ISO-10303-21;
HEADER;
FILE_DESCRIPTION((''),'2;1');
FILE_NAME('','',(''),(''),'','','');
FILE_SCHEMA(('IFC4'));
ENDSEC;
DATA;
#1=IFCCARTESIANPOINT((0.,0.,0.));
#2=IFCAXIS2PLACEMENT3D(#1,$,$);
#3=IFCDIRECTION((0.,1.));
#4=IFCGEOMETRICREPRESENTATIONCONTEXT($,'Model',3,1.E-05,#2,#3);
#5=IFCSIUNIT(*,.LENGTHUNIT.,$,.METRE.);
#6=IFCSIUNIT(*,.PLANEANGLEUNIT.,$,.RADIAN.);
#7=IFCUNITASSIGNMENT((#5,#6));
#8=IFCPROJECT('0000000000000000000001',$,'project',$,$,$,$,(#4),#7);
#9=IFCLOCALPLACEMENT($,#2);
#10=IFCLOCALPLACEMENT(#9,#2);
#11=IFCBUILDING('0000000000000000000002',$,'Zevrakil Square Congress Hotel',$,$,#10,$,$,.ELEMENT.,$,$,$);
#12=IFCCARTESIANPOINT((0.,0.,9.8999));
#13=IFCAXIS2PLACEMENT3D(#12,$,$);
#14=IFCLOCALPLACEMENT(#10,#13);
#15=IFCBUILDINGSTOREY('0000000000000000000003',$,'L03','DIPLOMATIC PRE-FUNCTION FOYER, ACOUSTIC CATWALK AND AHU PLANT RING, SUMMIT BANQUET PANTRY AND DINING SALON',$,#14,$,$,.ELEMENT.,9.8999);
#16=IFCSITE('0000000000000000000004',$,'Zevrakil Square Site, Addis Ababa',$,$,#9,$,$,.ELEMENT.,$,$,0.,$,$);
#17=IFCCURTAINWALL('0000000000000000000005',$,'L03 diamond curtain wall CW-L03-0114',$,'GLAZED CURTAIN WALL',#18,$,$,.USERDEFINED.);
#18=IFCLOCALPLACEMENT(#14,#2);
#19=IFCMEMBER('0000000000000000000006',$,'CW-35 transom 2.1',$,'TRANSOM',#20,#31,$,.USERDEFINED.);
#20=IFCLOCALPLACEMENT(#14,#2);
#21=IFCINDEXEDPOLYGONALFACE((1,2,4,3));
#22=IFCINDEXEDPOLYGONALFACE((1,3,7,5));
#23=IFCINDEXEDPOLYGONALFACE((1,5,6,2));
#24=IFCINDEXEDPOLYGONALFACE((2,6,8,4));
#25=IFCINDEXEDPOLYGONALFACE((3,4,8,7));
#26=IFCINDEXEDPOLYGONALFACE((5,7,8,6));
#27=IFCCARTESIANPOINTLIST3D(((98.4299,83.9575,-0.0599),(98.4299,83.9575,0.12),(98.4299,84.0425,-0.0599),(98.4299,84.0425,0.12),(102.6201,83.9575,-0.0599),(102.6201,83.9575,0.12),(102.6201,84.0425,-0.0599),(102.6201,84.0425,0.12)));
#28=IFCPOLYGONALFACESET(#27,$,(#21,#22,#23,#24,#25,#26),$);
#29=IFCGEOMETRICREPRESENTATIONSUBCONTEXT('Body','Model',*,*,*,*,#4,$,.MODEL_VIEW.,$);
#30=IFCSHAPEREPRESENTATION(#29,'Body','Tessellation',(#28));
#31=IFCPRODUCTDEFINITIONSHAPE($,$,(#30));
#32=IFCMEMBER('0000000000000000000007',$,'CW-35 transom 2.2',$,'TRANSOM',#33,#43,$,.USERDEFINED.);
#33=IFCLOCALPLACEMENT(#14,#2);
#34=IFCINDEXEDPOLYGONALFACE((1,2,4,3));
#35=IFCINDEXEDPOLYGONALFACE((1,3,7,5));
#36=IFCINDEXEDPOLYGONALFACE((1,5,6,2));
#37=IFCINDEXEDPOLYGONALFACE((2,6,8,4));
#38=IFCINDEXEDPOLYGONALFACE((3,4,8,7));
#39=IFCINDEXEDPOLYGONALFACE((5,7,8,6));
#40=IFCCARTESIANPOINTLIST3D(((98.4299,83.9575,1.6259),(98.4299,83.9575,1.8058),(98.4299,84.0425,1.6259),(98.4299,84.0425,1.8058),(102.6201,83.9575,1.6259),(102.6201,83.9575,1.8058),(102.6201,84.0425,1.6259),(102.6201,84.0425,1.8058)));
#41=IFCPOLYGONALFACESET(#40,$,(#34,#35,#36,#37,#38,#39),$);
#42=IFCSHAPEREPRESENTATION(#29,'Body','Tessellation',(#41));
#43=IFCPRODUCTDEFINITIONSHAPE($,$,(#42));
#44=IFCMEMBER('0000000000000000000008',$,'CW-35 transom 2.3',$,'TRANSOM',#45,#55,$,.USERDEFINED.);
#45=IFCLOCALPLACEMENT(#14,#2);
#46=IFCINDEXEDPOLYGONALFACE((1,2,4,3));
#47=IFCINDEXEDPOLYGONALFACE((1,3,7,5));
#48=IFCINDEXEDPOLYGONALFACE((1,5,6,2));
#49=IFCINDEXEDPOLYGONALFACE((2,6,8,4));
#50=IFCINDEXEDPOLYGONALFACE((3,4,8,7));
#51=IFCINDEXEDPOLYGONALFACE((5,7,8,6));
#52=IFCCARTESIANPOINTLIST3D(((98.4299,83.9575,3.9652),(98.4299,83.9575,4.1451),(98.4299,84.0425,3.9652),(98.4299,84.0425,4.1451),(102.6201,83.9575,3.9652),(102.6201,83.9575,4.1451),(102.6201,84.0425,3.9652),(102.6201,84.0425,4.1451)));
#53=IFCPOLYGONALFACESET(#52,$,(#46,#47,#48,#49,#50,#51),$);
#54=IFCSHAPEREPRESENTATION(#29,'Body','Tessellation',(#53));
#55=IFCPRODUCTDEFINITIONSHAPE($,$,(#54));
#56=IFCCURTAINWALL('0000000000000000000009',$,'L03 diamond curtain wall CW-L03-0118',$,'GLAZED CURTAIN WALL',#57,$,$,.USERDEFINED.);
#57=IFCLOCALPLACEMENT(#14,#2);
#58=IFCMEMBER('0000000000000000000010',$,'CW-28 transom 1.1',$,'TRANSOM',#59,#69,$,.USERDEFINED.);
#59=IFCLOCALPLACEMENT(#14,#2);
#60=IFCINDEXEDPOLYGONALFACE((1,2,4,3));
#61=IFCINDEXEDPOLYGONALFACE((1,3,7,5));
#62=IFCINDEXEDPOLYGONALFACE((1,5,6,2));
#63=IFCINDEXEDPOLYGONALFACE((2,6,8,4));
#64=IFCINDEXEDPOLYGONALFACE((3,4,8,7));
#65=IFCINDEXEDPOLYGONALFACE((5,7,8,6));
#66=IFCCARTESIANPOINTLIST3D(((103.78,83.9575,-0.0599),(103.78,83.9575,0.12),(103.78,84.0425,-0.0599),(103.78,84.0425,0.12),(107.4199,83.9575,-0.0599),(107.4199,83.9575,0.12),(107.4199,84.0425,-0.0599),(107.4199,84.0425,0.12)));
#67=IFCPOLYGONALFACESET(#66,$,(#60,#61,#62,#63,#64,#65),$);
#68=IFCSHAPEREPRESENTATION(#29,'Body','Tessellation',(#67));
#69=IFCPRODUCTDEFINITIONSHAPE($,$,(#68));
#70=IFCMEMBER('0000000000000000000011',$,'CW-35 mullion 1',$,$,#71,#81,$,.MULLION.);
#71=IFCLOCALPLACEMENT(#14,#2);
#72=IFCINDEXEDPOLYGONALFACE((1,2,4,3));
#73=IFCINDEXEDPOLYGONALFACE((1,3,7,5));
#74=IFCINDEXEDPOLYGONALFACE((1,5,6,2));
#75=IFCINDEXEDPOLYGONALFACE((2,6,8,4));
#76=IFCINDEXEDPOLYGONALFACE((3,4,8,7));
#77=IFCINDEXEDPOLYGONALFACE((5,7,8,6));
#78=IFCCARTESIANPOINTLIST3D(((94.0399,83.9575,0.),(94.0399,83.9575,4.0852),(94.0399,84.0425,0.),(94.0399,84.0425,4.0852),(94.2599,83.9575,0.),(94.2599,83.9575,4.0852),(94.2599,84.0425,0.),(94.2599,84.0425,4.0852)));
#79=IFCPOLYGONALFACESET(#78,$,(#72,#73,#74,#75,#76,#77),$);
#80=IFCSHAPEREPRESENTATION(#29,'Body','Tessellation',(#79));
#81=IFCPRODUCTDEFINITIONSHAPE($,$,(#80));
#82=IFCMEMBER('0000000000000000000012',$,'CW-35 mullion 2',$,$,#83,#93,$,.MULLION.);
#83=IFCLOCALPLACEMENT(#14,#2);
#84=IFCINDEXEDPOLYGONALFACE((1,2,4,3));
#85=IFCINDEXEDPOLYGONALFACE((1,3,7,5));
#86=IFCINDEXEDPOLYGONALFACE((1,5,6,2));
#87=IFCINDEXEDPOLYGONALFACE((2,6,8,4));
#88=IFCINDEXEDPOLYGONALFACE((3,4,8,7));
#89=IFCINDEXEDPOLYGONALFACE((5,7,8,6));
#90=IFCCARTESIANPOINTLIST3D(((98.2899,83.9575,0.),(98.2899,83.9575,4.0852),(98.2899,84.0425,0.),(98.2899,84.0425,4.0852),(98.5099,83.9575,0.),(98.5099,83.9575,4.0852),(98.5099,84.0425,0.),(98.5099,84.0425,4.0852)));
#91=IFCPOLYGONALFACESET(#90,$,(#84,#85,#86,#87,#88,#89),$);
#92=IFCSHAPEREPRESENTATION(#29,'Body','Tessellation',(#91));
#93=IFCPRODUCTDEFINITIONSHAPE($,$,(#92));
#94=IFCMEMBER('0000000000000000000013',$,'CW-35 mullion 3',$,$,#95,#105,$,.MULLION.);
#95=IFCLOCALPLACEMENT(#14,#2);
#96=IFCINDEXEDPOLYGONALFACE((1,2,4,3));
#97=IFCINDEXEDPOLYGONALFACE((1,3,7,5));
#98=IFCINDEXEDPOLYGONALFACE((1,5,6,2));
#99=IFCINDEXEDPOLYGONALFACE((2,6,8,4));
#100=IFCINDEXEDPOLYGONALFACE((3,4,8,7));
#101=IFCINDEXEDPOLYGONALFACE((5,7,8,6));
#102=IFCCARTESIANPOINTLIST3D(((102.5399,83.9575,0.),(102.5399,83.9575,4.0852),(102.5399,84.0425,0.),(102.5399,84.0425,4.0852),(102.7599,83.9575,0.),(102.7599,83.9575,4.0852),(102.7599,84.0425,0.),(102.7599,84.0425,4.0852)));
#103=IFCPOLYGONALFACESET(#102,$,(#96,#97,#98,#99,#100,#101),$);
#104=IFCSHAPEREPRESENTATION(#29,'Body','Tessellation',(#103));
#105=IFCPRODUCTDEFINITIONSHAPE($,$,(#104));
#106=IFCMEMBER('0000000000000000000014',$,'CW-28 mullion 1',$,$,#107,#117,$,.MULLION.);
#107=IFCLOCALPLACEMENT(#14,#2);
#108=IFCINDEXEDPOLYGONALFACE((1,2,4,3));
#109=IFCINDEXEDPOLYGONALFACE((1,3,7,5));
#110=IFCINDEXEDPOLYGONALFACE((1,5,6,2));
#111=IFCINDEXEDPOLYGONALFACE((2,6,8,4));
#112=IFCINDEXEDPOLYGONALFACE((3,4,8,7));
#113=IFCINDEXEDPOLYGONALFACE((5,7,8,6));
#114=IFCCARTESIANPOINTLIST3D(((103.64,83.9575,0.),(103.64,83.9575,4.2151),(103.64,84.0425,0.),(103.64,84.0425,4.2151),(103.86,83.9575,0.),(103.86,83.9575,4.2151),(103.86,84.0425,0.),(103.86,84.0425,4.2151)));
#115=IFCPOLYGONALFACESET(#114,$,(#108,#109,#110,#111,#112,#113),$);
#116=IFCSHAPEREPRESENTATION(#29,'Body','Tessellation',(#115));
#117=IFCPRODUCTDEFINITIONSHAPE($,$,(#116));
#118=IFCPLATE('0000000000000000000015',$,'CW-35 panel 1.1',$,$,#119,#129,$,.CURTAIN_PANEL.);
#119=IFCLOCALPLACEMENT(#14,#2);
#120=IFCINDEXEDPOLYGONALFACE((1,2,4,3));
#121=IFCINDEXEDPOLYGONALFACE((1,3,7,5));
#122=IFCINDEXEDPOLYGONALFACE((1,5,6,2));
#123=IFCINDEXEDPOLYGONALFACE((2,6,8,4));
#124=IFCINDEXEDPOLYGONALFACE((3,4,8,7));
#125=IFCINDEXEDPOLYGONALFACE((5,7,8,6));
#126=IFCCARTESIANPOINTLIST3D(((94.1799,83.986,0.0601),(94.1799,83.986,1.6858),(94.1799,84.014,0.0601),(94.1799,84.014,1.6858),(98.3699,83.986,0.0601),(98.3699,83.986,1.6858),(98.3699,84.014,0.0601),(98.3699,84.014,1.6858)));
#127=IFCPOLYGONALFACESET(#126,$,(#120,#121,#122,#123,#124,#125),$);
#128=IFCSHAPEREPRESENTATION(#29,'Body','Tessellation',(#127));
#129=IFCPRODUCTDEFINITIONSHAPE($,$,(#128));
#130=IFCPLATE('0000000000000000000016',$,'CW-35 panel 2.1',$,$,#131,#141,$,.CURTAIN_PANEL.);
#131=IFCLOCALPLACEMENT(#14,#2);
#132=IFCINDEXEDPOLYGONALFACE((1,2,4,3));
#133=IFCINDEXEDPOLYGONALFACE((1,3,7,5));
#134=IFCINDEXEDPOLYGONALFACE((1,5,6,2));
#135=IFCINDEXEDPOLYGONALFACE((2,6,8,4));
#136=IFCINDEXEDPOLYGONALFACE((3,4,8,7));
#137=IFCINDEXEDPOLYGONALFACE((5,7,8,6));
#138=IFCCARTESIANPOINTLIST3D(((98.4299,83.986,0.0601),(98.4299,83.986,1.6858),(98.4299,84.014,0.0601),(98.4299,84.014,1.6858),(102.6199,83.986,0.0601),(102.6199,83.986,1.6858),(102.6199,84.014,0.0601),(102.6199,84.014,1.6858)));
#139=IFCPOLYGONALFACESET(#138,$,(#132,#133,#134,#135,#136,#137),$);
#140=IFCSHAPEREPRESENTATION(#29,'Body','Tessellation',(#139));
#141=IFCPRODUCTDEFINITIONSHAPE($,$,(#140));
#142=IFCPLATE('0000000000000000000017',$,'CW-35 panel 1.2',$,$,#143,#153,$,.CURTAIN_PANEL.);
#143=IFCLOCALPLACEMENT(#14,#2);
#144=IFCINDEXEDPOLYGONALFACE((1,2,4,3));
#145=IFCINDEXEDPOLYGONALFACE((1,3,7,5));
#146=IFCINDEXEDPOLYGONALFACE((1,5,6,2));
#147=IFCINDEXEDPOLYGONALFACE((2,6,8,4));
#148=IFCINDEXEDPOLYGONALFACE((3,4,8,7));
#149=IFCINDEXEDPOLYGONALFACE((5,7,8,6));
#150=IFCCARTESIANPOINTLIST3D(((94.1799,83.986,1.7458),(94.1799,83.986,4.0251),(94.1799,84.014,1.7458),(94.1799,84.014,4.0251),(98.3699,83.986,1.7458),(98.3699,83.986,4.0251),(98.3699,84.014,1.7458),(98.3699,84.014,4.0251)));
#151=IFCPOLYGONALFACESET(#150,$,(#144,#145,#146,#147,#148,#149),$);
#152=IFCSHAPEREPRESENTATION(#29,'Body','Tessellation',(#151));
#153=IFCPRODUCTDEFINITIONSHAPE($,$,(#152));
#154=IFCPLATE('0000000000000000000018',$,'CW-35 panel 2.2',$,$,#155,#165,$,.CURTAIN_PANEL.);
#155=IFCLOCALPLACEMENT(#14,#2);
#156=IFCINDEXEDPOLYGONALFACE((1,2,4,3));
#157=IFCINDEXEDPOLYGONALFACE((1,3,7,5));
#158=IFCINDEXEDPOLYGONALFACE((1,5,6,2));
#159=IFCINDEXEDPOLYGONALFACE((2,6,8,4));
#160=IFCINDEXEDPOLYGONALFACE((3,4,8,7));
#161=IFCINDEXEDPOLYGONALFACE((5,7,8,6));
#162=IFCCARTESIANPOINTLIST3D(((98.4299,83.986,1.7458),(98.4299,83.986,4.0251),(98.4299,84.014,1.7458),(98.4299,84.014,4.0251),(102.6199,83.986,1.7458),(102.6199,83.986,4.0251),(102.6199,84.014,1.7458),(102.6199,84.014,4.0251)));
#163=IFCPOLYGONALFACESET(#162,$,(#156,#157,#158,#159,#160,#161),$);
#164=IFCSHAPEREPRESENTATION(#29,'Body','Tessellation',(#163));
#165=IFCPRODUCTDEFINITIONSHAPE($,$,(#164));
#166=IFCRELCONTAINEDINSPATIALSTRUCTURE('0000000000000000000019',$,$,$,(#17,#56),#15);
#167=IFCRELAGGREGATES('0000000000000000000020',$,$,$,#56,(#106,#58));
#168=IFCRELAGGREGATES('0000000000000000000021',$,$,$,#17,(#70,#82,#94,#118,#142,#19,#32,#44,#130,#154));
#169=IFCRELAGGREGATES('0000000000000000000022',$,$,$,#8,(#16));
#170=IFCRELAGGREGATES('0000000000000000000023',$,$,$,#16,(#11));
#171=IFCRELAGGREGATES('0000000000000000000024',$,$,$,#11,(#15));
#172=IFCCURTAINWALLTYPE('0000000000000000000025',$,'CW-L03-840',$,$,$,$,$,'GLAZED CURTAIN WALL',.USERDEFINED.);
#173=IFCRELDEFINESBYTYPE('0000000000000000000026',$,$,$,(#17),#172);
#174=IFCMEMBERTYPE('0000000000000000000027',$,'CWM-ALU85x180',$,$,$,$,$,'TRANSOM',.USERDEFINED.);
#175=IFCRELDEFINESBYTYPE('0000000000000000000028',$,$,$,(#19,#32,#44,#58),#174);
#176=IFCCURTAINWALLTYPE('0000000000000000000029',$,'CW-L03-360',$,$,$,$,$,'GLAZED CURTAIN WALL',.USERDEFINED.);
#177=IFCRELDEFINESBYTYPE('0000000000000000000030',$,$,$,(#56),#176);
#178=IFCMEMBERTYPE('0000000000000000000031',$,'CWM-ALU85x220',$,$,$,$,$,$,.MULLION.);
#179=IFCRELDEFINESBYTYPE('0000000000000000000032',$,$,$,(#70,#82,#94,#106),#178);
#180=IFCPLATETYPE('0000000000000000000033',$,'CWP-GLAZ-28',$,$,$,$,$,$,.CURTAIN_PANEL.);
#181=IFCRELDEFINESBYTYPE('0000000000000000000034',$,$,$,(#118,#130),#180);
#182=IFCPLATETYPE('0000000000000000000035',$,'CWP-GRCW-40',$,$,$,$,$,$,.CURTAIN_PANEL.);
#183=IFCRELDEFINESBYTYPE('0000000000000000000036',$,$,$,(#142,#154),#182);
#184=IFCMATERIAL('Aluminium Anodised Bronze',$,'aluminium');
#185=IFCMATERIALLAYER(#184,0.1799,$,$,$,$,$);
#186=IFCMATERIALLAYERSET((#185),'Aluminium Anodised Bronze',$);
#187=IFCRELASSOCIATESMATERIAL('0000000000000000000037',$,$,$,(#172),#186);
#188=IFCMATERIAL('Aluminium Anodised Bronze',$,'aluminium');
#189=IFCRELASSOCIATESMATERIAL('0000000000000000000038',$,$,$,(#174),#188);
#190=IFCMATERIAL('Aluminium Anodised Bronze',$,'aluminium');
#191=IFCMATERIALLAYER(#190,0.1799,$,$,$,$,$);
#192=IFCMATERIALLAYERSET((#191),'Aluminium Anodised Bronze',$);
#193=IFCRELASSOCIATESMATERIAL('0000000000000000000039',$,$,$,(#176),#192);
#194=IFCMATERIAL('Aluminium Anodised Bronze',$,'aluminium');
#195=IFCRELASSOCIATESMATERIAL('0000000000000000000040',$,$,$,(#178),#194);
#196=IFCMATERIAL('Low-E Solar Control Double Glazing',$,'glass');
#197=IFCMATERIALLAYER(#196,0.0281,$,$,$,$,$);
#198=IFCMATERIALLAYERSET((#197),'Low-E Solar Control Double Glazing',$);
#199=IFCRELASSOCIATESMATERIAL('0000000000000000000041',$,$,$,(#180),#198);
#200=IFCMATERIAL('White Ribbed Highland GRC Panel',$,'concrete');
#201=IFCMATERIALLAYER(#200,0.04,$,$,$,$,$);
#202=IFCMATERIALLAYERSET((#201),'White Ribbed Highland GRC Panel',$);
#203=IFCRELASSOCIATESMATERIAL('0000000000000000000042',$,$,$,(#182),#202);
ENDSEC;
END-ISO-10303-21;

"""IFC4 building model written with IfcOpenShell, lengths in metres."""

from ifc_helpers import new_model, si_unit, direction, frame, origin, origin_2d, place, context, subcontext, project, spatial, rectangle, extrude, material, layer, layer_set, material_profile, profile_set, type_object, element, aggregate, save


model = new_model("IFC4")

# Units and contexts
model_context = context("Model", 3, precision=1e-05, world=origin(), true_north=direction((0.0, 1.0)))
body_context = subcontext(model_context, "Body", "Model", "MODEL_VIEW")
ifc_project = project(units=[si_unit("LENGTHUNIT", "METRE"), si_unit("PLANEANGLEUNIT", "RADIAN")], contexts=[model_context])

# Site, building, storey
site_placement = place(None, origin())
site = spatial("IfcSite", under=ifc_project, at=site_placement, Name="Zevrakil Square Site, Addis Ababa", CompositionType="ELEMENT", RefElevation=0.0)
building_placement = place(site_placement, origin())
building = spatial("IfcBuilding", under=site, at=building_placement, Name="Zevrakil Square Congress Hotel", CompositionType="ELEMENT")
storey_placement = place(building_placement, frame((0.0, 0.0, 9.8999)))
storey = spatial("IfcBuildingStorey", under=building, at=storey_placement, Name="L03", Description="DIPLOMATIC PRE-FUNCTION FOYER, ACOUSTIC CATWALK AND AHU PLANT RING, SUMMIT BANQUET PANTRY AND DINING SALON", CompositionType="ELEMENT", Elevation=9.8999)

# Curtain wall, members
ifc_material_1 = material(Name="Aluminium Anodised Bronze", Category="aluminium")
ifc_layer_1 = layer(ifc_material_1, 0.1799)
ifc_layer_set_1 = layer_set([ifc_layer_1], Name="Aluminium Anodised Bronze")
curtain_wall_type_1 = type_object("IfcCurtainWallType", Name="CW-L03-840", ElementType="GLAZED CURTAIN WALL", PredefinedType="USERDEFINED", material=ifc_layer_set_1)
curtain_wall_1_placement = place(storey_placement, origin())
curtain_wall_1 = element("IfcCurtainWall", 1, at=curtain_wall_1_placement, inside=storey, type_object=curtain_wall_type_1, Name="L03 diamond curtain wall CW-L03-0114", ObjectType="GLAZED CURTAIN WALL", PredefinedType="USERDEFINED")
ifc_material_2 = material(Name="Aluminium Anodised Bronze", Category="aluminium")
ifc_material_profile_1 = material_profile(ifc_material_2, rectangle(XDim=0.085, YDim=0.1799, at=origin_2d()), Name="ALU 85x180")
ifc_profile_set_1 = profile_set([ifc_material_profile_1], Name="Aluminium Anodised Bronze")
member_type_1 = type_object("IfcMemberType", Name="CWM-ALU85x180", ElementType="TRANSOM", PredefinedType="USERDEFINED", material=ifc_profile_set_1)
member_1_placement = place(storey_placement, frame((98.4299, 84.0, 0.03), z_axis=(1.0, 0.0, 0.0), x_axis=(0.0, 1.0, 0.0)))
member_1 = element("IfcMember", 2, at=member_1_placement, type_object=member_type_1, Name="CW-35 transom 2.1", ObjectType="TRANSOM", PredefinedType="USERDEFINED", context=body_context, shape_type="SweptSolid", body=[
    extrude(rectangle(XDim=0.085, YDim=0.1799, at=origin_2d()), origin(), (0.0, 0.0, 1.0), 4.1902),
])
member_2_placement = place(storey_placement, frame((98.4299, 84.0, 1.7158), z_axis=(1.0, 0.0, 0.0), x_axis=(0.0, 1.0, 0.0)))
member_2 = element("IfcMember", 3, at=member_2_placement, type_object=member_type_1, Name="CW-35 transom 2.2", ObjectType="TRANSOM", PredefinedType="USERDEFINED", context=body_context, shape_type="SweptSolid", body=[
    extrude(rectangle(XDim=0.085, YDim=0.1799, at=origin_2d()), origin(), (0.0, 0.0, 1.0), 4.1902),
])
member_3_placement = place(storey_placement, frame((98.4299, 84.0, 4.0552), z_axis=(1.0, 0.0, 0.0), x_axis=(0.0, 1.0, 0.0)))
member_3 = element("IfcMember", 4, at=member_3_placement, type_object=member_type_1, Name="CW-35 transom 2.3", ObjectType="TRANSOM", PredefinedType="USERDEFINED", context=body_context, shape_type="SweptSolid", body=[
    extrude(rectangle(XDim=0.085, YDim=0.1799, at=origin_2d()), origin(), (0.0, 0.0, 1.0), 4.1902),
])

# Curtain wall, member
ifc_material_3 = material(Name="Aluminium Anodised Bronze", Category="aluminium")
ifc_layer_2 = layer(ifc_material_3, 0.1799)
ifc_layer_set_2 = layer_set([ifc_layer_2], Name="Aluminium Anodised Bronze")
curtain_wall_type_2 = type_object("IfcCurtainWallType", Name="CW-L03-360", ElementType="GLAZED CURTAIN WALL", PredefinedType="USERDEFINED", material=ifc_layer_set_2)
curtain_wall_2_placement = place(storey_placement, origin())
curtain_wall_2 = element("IfcCurtainWall", 5, at=curtain_wall_2_placement, inside=storey, type_object=curtain_wall_type_2, Name="L03 diamond curtain wall CW-L03-0118", ObjectType="GLAZED CURTAIN WALL", PredefinedType="USERDEFINED")
member_4_placement = place(storey_placement, frame((103.78, 84.0, 0.03), z_axis=(1.0, 0.0, 0.0), x_axis=(0.0, 1.0, 0.0)))
member_4 = element("IfcMember", 6, at=member_4_placement, type_object=member_type_1, Name="CW-28 transom 1.1", ObjectType="TRANSOM", PredefinedType="USERDEFINED", context=body_context, shape_type="SweptSolid", body=[
    extrude(rectangle(XDim=0.085, YDim=0.1799, at=origin_2d()), origin(), (0.0, 0.0, 1.0), 3.6399),
])

# Members
ifc_material_4 = material(Name="Aluminium Anodised Bronze", Category="aluminium")
ifc_material_profile_2 = material_profile(ifc_material_4, rectangle(XDim=0.085, YDim=0.22, at=origin_2d()), Name="ALU 85x220")
ifc_profile_set_2 = profile_set([ifc_material_profile_2], Name="Aluminium Anodised Bronze")
member_type_2 = type_object("IfcMemberType", Name="CWM-ALU85x220", PredefinedType="MULLION", material=ifc_profile_set_2)
member_5_placement = place(storey_placement, frame((94.1499, 84.0, 0.0), z_axis=(0.0, 0.0, 1.0), x_axis=(0.0, 1.0, 0.0)))
member_5 = element("IfcMember", 7, at=member_5_placement, type_object=member_type_2, Name="CW-35 mullion 1", PredefinedType="MULLION", context=body_context, shape_type="SweptSolid", body=[
    extrude(rectangle(XDim=0.085, YDim=0.22, at=origin_2d()), origin(), (0.0, 0.0, 1.0), 4.0852),
])
member_6_placement = place(storey_placement, frame((98.3999, 84.0, 0.0), z_axis=(0.0, 0.0, 1.0), x_axis=(0.0, 1.0, 0.0)))
member_6 = element("IfcMember", 8, at=member_6_placement, type_object=member_type_2, Name="CW-35 mullion 2", PredefinedType="MULLION", context=body_context, shape_type="SweptSolid", body=[
    extrude(rectangle(XDim=0.085, YDim=0.22, at=origin_2d()), origin(), (0.0, 0.0, 1.0), 4.0852),
])
member_7_placement = place(storey_placement, frame((102.6499, 84.0, 0.0), z_axis=(0.0, 0.0, 1.0), x_axis=(0.0, 1.0, 0.0)))
member_7 = element("IfcMember", 9, at=member_7_placement, type_object=member_type_2, Name="CW-35 mullion 3", PredefinedType="MULLION", context=body_context, shape_type="SweptSolid", body=[
    extrude(rectangle(XDim=0.085, YDim=0.22, at=origin_2d()), origin(), (0.0, 0.0, 1.0), 4.0852),
])
member_8_placement = place(storey_placement, frame((103.75, 84.0, 0.0), z_axis=(0.0, 0.0, 1.0), x_axis=(0.0, 1.0, 0.0)))
member_8 = element("IfcMember", 10, at=member_8_placement, type_object=member_type_2, Name="CW-28 mullion 1", PredefinedType="MULLION", context=body_context, shape_type="SweptSolid", body=[
    extrude(rectangle(XDim=0.085, YDim=0.22, at=origin_2d()), origin(), (0.0, 0.0, 1.0), 4.2151),
])
aggregate(curtain_wall_2, [member_8, member_4])

# Plates
ifc_material_5 = material(Name="Low-E Solar Control Double Glazing", Category="glass")
ifc_layer_3 = layer(ifc_material_5, 0.0281)
ifc_layer_set_3 = layer_set([ifc_layer_3], Name="Low-E Solar Control Double Glazing")
plate_type_1 = type_object("IfcPlateType", Name="CWP-GLAZ-28", PredefinedType="CURTAIN_PANEL", material=ifc_layer_set_3)
plate_1_placement = place(storey_placement, frame((96.2749, 84.0, 0.0601), z_axis=(0.0, 0.0, 1.0), x_axis=(1.0, 0.0, 0.0)))
plate_1 = element("IfcPlate", 11, at=plate_1_placement, type_object=plate_type_1, Name="CW-35 panel 1.1", PredefinedType="CURTAIN_PANEL", context=body_context, shape_type="SweptSolid", body=[
    extrude(rectangle(XDim=4.1899, YDim=0.0281, at=origin_2d()), origin(), (0.0, 0.0, 1.0), 1.6257),
])
plate_2_placement = place(storey_placement, frame((100.5249, 84.0, 0.0601), z_axis=(0.0, 0.0, 1.0), x_axis=(1.0, 0.0, 0.0)))
plate_2 = element("IfcPlate", 12, at=plate_2_placement, type_object=plate_type_1, Name="CW-35 panel 2.1", PredefinedType="CURTAIN_PANEL", context=body_context, shape_type="SweptSolid", body=[
    extrude(rectangle(XDim=4.1899, YDim=0.0281, at=origin_2d()), origin(), (0.0, 0.0, 1.0), 1.6257),
])
ifc_material_6 = material(Name="White Ribbed Highland GRC Panel", Category="concrete")
ifc_layer_4 = layer(ifc_material_6, 0.04)
ifc_layer_set_4 = layer_set([ifc_layer_4], Name="White Ribbed Highland GRC Panel")
plate_type_2 = type_object("IfcPlateType", Name="CWP-GRCW-40", PredefinedType="CURTAIN_PANEL", material=ifc_layer_set_4)
plate_3_placement = place(storey_placement, frame((96.2749, 84.0, 1.7458), z_axis=(0.0, 0.0, 1.0), x_axis=(1.0, 0.0, 0.0)))
plate_3 = element("IfcPlate", 13, at=plate_3_placement, type_object=plate_type_2, Name="CW-35 panel 1.2", PredefinedType="CURTAIN_PANEL", context=body_context, shape_type="SweptSolid", body=[
    extrude(rectangle(XDim=4.1899, YDim=0.0281, at=origin_2d()), origin(), (0.0, 0.0, 1.0), 2.2793),
])
plate_4_placement = place(storey_placement, frame((100.5249, 84.0, 1.7458), z_axis=(0.0, 0.0, 1.0), x_axis=(1.0, 0.0, 0.0)))
plate_4 = element("IfcPlate", 14, at=plate_4_placement, type_object=plate_type_2, Name="CW-35 panel 2.2", PredefinedType="CURTAIN_PANEL", context=body_context, shape_type="SweptSolid", body=[
    extrude(rectangle(XDim=4.1899, YDim=0.0281, at=origin_2d()), origin(), (0.0, 0.0, 1.0), 2.2793),
])
aggregate(curtain_wall_1, [member_5, member_6, member_7, plate_1, plate_3, member_1, member_2, member_3, plate_2, plate_4])

save(model, "model.ifc")
